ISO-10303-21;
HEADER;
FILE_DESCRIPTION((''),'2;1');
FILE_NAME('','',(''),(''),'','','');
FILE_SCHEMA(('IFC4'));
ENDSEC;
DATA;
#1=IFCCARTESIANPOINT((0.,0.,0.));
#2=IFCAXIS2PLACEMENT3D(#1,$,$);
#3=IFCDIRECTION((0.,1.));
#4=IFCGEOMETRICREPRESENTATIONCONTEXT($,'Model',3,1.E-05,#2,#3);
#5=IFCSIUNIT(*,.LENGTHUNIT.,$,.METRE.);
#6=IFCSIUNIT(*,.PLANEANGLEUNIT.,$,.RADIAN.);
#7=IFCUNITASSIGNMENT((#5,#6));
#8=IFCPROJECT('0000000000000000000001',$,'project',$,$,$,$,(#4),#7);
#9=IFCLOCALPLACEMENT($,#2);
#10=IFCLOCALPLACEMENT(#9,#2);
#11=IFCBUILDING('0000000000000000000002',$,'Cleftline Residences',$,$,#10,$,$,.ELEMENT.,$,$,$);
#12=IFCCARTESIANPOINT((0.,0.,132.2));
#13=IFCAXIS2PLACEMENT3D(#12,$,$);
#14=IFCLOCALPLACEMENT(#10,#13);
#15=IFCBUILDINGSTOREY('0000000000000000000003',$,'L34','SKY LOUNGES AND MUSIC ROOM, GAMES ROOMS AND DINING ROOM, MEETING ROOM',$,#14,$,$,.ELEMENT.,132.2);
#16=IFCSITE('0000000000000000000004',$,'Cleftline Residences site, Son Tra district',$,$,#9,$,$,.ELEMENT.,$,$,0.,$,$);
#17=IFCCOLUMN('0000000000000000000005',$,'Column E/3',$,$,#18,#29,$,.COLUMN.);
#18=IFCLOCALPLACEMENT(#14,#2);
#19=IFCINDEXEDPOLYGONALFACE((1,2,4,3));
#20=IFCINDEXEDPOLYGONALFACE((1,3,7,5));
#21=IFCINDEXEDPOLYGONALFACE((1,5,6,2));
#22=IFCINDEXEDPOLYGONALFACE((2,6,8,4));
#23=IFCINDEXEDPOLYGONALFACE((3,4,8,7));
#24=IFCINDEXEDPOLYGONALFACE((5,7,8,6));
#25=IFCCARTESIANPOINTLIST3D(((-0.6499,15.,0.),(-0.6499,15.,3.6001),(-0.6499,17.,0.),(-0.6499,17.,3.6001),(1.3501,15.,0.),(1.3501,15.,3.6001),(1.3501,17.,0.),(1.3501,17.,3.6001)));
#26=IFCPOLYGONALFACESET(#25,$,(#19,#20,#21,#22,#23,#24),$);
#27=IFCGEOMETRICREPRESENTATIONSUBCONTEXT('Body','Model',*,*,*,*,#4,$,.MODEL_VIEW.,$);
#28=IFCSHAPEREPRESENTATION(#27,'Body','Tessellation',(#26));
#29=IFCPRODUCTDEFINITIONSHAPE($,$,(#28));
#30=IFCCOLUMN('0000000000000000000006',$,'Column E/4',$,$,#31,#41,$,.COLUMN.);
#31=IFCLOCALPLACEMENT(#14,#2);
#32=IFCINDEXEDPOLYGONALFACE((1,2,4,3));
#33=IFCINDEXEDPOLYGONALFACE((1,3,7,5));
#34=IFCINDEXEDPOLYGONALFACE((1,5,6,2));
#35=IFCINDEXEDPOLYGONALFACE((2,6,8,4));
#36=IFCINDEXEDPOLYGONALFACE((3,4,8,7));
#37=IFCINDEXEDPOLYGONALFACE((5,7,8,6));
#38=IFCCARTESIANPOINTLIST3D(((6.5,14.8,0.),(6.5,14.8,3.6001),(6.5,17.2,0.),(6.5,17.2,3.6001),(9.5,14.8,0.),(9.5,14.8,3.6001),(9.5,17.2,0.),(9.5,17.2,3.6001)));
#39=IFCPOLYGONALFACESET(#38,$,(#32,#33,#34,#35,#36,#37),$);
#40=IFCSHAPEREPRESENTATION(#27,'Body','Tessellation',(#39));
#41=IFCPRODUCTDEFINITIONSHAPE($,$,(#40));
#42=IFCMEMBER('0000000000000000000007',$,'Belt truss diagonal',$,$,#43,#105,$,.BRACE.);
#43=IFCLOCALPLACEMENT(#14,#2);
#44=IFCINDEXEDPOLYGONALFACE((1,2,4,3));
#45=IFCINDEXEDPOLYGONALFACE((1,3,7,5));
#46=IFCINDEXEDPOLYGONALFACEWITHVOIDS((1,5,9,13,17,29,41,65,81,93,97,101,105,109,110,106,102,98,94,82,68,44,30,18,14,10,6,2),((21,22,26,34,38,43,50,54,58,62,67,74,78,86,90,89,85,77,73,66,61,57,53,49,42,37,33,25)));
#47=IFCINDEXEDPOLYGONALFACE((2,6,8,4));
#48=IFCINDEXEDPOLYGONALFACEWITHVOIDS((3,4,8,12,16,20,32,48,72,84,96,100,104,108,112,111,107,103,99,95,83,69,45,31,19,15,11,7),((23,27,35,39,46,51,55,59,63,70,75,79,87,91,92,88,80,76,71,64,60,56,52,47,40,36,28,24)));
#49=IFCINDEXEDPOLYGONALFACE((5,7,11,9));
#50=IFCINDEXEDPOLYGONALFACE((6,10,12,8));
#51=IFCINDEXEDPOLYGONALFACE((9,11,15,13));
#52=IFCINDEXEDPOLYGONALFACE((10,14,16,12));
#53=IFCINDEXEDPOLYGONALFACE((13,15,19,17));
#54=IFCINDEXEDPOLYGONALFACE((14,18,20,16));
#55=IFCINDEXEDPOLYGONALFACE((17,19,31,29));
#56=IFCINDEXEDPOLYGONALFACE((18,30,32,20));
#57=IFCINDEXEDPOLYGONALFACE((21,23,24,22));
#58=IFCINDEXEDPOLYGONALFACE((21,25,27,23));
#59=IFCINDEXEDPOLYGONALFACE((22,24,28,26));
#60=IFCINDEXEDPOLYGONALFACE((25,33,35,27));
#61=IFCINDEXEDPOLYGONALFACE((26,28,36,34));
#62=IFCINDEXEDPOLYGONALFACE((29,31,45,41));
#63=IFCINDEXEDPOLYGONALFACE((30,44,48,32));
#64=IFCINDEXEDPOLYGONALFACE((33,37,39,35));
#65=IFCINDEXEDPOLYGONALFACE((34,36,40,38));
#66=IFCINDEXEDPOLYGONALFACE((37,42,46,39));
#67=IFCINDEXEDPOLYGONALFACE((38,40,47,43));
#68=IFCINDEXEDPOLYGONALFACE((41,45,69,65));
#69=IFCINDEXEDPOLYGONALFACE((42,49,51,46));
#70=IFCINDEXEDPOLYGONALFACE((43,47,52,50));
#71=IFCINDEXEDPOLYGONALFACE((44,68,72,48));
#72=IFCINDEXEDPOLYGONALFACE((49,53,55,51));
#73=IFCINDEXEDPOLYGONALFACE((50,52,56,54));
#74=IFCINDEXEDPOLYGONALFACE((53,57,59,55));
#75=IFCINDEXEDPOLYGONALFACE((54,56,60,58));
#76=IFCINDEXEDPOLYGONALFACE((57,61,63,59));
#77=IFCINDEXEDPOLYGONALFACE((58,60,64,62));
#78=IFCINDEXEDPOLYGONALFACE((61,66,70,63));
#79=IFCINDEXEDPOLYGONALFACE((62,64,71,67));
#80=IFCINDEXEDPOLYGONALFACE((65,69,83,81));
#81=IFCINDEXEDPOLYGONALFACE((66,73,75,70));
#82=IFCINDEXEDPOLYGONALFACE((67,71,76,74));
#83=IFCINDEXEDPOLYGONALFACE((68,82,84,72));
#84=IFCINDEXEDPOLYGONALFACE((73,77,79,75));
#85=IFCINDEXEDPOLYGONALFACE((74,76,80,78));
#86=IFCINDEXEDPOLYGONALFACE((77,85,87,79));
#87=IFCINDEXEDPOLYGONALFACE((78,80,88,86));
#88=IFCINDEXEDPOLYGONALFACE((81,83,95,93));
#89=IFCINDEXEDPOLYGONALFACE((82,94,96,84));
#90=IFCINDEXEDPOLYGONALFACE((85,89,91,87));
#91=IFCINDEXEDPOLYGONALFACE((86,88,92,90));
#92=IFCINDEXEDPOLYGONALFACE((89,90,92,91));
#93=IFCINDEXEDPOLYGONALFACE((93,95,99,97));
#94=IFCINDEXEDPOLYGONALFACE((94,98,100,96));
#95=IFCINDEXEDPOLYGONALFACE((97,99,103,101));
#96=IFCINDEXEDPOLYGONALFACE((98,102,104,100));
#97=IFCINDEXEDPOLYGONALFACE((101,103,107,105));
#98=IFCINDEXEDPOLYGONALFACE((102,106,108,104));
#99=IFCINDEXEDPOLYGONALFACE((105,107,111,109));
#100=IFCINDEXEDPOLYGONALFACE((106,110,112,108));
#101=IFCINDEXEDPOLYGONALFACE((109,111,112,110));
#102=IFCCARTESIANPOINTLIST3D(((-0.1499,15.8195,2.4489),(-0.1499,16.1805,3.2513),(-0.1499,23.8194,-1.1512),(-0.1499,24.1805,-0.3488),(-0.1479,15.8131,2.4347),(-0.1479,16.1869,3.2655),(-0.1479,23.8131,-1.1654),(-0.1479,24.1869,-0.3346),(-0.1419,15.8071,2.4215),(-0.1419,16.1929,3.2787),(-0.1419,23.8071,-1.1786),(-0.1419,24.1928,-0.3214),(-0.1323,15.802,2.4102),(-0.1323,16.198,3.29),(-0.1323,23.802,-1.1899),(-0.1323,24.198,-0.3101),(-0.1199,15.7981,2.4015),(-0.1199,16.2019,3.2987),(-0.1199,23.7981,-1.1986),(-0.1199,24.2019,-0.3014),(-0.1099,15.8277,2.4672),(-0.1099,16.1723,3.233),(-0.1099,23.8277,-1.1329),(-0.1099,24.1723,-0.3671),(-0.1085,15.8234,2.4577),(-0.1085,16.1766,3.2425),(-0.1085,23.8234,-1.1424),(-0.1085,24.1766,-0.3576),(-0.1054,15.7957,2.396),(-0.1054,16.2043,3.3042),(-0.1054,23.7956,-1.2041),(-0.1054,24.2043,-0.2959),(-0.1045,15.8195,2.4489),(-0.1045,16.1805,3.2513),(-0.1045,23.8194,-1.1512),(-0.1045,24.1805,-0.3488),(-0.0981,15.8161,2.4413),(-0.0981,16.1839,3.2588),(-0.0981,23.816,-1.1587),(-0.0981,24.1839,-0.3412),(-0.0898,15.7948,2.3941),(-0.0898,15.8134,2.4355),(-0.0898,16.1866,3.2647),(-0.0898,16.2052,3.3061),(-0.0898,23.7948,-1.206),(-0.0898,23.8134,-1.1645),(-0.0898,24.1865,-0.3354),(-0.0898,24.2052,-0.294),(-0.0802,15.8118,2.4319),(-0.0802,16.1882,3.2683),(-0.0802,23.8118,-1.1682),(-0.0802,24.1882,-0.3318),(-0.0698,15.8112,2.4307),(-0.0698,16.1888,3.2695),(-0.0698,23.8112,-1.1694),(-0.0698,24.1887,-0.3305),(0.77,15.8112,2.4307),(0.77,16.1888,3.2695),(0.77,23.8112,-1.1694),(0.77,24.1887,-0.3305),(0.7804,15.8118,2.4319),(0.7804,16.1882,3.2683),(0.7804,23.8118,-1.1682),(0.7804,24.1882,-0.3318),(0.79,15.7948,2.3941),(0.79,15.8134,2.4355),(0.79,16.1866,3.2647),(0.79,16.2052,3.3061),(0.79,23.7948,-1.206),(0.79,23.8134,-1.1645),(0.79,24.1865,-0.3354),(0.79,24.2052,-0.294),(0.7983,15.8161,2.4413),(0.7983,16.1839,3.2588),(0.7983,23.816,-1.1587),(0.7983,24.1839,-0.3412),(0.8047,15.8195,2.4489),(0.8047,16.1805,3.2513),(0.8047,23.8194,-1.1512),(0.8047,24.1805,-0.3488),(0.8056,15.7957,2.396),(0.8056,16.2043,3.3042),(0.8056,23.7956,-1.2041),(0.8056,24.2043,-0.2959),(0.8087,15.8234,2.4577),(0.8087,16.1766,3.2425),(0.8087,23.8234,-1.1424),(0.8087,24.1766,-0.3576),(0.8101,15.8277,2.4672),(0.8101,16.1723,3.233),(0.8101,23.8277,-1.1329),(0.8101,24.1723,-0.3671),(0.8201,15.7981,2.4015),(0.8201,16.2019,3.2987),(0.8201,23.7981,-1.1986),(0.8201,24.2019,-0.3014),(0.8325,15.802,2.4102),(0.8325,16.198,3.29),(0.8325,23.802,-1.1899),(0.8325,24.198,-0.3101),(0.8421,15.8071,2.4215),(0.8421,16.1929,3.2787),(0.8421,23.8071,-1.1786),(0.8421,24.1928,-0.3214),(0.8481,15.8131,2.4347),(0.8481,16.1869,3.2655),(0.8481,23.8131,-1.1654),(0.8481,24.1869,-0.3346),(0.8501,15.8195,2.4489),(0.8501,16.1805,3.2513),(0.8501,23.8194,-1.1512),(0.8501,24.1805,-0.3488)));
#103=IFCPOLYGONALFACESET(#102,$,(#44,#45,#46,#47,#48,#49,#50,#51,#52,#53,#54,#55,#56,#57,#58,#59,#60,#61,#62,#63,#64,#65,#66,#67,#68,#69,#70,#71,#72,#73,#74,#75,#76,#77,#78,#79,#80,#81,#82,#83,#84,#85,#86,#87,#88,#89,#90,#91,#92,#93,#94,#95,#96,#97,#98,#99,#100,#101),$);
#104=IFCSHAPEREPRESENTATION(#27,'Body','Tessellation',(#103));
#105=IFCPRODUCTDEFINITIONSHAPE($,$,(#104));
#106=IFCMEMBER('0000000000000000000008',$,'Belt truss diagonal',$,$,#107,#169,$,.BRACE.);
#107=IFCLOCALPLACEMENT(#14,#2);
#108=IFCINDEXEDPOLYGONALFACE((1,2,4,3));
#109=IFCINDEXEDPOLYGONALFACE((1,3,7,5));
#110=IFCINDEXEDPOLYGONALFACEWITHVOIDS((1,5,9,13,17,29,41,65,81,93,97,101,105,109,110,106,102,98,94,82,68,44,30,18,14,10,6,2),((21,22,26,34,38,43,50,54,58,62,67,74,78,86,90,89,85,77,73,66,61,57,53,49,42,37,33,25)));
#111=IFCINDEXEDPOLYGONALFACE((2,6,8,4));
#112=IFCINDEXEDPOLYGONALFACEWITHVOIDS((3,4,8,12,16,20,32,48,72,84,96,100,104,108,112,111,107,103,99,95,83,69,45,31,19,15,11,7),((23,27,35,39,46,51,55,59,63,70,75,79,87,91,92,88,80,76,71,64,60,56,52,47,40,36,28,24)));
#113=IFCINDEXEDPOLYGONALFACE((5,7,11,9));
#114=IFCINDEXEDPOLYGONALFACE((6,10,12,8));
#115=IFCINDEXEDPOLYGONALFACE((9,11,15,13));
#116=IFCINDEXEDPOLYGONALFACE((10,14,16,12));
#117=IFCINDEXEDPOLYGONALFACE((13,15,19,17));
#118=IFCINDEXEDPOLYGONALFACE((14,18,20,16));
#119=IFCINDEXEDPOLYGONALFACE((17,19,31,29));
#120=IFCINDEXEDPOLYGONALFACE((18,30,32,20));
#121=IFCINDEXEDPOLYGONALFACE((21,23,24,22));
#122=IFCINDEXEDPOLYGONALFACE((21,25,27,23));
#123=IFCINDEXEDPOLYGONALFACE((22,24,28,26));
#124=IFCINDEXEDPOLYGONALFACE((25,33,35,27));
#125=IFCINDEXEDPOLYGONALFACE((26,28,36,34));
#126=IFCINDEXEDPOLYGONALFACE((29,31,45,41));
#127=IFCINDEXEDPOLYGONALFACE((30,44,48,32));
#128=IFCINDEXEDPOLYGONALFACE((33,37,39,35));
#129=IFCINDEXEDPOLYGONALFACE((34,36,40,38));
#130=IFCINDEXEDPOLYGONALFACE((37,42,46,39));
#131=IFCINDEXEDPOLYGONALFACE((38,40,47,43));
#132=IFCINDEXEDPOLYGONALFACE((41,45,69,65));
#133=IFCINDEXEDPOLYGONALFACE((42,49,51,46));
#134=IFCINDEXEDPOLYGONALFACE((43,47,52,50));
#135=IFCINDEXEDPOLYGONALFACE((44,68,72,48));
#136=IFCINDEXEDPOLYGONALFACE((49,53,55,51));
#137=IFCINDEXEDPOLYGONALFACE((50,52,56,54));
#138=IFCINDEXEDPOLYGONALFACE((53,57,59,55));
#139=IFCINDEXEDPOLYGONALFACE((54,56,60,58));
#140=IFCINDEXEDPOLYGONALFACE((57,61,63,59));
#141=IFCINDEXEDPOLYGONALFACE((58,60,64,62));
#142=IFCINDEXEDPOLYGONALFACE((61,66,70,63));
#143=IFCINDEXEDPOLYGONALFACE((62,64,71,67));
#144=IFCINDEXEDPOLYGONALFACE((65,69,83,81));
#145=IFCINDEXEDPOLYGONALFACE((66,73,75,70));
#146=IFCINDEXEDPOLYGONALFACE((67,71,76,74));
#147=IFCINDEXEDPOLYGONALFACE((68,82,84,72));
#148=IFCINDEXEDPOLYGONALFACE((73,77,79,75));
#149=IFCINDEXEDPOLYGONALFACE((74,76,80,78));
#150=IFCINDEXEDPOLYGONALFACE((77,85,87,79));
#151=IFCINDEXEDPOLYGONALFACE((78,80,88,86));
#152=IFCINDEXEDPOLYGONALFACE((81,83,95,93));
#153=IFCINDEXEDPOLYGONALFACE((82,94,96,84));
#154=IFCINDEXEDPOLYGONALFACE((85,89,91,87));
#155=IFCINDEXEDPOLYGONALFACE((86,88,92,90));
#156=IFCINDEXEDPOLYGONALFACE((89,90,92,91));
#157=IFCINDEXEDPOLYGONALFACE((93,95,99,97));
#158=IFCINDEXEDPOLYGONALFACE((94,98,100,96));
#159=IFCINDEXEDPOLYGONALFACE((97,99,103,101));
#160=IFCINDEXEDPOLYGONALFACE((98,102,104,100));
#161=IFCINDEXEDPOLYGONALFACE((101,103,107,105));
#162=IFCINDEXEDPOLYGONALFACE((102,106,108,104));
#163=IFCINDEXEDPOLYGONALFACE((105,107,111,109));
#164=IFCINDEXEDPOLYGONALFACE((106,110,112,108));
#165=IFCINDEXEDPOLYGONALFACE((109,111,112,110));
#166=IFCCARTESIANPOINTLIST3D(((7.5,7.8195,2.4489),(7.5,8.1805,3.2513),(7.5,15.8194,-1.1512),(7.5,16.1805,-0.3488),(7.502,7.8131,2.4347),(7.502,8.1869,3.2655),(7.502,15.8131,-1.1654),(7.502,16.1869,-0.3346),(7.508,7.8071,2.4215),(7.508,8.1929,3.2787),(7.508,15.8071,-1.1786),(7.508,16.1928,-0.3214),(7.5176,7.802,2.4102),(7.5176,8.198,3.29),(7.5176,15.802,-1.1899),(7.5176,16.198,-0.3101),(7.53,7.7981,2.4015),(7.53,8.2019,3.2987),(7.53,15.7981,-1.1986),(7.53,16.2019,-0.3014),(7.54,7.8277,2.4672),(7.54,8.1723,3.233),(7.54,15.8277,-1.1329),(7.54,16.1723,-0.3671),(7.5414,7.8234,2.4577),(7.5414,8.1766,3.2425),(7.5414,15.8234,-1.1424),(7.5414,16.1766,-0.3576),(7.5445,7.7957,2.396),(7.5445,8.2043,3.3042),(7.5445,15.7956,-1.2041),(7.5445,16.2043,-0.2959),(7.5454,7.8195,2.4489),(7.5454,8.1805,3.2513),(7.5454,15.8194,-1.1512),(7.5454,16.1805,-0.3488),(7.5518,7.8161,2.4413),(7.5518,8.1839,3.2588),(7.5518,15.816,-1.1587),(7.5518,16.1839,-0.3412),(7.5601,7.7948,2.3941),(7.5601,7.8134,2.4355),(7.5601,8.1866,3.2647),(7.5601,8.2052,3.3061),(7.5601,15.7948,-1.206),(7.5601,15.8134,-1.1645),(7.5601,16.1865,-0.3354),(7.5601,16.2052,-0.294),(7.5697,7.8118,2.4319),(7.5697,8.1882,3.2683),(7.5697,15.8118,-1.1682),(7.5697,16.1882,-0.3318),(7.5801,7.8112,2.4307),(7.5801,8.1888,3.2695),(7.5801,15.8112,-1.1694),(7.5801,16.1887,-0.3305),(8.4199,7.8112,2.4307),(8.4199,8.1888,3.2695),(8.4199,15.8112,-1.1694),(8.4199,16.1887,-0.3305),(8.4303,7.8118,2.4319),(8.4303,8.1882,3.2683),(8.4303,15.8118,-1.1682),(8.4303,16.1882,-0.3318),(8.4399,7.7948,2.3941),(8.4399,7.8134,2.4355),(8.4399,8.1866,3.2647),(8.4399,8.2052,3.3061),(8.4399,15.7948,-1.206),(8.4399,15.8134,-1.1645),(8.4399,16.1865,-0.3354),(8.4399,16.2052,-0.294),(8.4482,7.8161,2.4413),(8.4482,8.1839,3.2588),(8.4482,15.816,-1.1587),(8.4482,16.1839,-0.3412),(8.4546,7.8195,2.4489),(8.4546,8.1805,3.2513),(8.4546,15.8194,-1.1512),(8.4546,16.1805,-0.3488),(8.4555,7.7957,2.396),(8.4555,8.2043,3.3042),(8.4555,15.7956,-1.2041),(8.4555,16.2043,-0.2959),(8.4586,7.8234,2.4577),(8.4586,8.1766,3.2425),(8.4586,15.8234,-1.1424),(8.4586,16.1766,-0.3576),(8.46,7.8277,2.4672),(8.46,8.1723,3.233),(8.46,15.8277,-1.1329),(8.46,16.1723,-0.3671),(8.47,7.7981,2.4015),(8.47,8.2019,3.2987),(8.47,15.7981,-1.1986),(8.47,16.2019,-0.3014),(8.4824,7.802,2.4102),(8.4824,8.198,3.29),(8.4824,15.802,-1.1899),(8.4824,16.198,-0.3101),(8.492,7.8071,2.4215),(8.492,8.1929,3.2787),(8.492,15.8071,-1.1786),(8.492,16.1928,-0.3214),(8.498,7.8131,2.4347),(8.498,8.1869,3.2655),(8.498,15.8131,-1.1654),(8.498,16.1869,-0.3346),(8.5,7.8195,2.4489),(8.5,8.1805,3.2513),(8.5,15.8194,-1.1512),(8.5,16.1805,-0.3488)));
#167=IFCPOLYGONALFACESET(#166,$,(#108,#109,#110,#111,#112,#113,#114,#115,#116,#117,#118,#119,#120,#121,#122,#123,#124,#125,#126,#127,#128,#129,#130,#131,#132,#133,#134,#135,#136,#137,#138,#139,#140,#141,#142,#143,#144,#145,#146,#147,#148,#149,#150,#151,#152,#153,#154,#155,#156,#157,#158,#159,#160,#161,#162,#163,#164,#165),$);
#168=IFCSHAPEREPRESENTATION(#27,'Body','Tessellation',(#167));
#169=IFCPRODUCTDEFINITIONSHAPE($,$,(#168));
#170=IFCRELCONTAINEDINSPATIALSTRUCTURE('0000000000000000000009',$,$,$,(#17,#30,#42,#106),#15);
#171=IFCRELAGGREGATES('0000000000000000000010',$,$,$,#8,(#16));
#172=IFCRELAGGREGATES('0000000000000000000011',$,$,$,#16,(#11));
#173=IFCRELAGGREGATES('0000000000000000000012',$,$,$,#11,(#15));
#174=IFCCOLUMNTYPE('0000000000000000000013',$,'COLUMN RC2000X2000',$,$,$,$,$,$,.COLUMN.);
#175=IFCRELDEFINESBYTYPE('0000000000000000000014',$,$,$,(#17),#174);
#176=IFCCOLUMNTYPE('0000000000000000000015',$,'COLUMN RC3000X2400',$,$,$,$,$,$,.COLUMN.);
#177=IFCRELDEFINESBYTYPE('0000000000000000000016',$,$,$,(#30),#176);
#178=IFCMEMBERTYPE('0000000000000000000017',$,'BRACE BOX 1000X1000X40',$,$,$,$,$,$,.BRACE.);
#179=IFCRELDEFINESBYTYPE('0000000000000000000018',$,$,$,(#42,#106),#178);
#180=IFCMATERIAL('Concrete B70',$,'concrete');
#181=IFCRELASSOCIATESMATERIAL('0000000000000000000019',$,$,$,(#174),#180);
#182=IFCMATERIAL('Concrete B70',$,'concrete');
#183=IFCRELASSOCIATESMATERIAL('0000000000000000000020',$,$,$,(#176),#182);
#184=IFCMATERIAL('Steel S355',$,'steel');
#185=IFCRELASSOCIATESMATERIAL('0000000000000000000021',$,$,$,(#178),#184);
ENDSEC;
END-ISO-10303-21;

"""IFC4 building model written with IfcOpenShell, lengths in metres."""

from ifc_helpers import new_model, si_unit, direction, frame, origin, origin_2d, place, context, subcontext, project, spatial, rectangle, hollow_rectangle, extrude, material, material_profile, profile_set, type_object, element, save


model = new_model("IFC4")

# Units and contexts
model_context = context("Model", 3, precision=1e-05, world=origin(), true_north=direction((0.0, 1.0)))
body_context = subcontext(model_context, "Body", "Model", "MODEL_VIEW")
ifc_project = project(units=[si_unit("LENGTHUNIT", "METRE"), si_unit("PLANEANGLEUNIT", "RADIAN")], contexts=[model_context])

# Site, building, storey
site_placement = place(None, origin())
site = spatial("IfcSite", under=ifc_project, at=site_placement, Name="Cleftline Residences site, Son Tra district", CompositionType="ELEMENT", RefElevation=0.0)
building_placement = place(site_placement, origin())
building = spatial("IfcBuilding", under=site, at=building_placement, Name="Cleftline Residences", CompositionType="ELEMENT")
storey_placement = place(building_placement, frame((0.0, 0.0, 132.2)))
storey = spatial("IfcBuildingStorey", under=building, at=storey_placement, Name="L34", Description="SKY LOUNGES AND MUSIC ROOM, GAMES ROOMS AND DINING ROOM, MEETING ROOM", CompositionType="ELEMENT", Elevation=132.2)

# Columns
ifc_material_1 = material(Name="Concrete B70", Category="concrete")
ifc_material_profile_1 = material_profile(ifc_material_1, rectangle(XDim=2.0, YDim=2.0, at=origin_2d()))
ifc_profile_set_1 = profile_set([ifc_material_profile_1], Name="Concrete B70")
column_type_1 = type_object("IfcColumnType", Name="COLUMN RC2000X2000", PredefinedType="COLUMN", material=ifc_profile_set_1)
column_1_placement = place(storey_placement, frame((0.3501, 16.0, 0.0), z_axis=(0.0, 0.0, 1.0), x_axis=(1.0, 0.0, 0.0)))
element("IfcColumn", 1, at=column_1_placement, inside=storey, type_object=column_type_1, Name="Column E/3", PredefinedType="COLUMN", context=body_context, shape_type="SweptSolid", body=[
    extrude(rectangle(XDim=2.0, YDim=2.0, at=origin_2d()), origin(), (0.0, 0.0, 1.0), 3.6001),
])
ifc_material_2 = material(Name="Concrete B70", Category="concrete")
ifc_material_profile_2 = material_profile(ifc_material_2, rectangle(XDim=3.0, YDim=2.3999, at=origin_2d()))
ifc_profile_set_2 = profile_set([ifc_material_profile_2], Name="Concrete B70")
column_type_2 = type_object("IfcColumnType", Name="COLUMN RC3000X2400", PredefinedType="COLUMN", material=ifc_profile_set_2)
column_2_placement = place(storey_placement, frame((8.0, 16.0, 0.0), z_axis=(0.0, 0.0, 1.0), x_axis=(1.0, 0.0, 0.0)))
element("IfcColumn", 2, at=column_2_placement, inside=storey, type_object=column_type_2, Name="Column E/4", PredefinedType="COLUMN", context=body_context, shape_type="SweptSolid", body=[
    extrude(rectangle(XDim=3.0, YDim=2.3999, at=origin_2d()), origin(), (0.0, 0.0, 1.0), 3.6001),
])

# Members
ifc_material_3 = material(Name="Steel S355", Category="steel")
ifc_material_profile_3 = material_profile(ifc_material_3, hollow_rectangle(XDim=1.0, YDim=1.0, WallThickness=0.04, InnerFilletRadius=0.04, OuterFilletRadius=0.0601, at=origin_2d()))
ifc_profile_set_3 = profile_set([ifc_material_profile_3], Name="Steel S355")
member_type_1 = type_object("IfcMemberType", Name="BRACE BOX 1000X1000X40", PredefinedType="BRACE", material=ifc_profile_set_3)
for number, where, z_axis, x_axis, name in (
    (3, (0.3501, 16.0, 2.8501), (0.0, 0.911917, -0.410374), (0.0, 0.410374, 0.911917), "Belt truss diagonal"),
    (4, (8.0, 8.0, 2.8501), (0.0, 0.911917, -0.410374), (0.0, 0.410374, 0.911917), "Belt truss diagonal"),
):
    element("IfcMember", number, at=place(storey_placement, frame(where, z_axis=z_axis, x_axis=x_axis)), inside=storey, type_object=member_type_1, Name=name, PredefinedType="BRACE", context=body_context, shape_type="SweptSolid", body=[
        extrude(hollow_rectangle(XDim=1.0, YDim=1.0, WallThickness=0.04, InnerFilletRadius=0.04, OuterFilletRadius=0.0601, at=origin_2d()), origin(), (0.0, 0.0, 1.0), 8.7727),
    ])

save(model, "model.ifc")
